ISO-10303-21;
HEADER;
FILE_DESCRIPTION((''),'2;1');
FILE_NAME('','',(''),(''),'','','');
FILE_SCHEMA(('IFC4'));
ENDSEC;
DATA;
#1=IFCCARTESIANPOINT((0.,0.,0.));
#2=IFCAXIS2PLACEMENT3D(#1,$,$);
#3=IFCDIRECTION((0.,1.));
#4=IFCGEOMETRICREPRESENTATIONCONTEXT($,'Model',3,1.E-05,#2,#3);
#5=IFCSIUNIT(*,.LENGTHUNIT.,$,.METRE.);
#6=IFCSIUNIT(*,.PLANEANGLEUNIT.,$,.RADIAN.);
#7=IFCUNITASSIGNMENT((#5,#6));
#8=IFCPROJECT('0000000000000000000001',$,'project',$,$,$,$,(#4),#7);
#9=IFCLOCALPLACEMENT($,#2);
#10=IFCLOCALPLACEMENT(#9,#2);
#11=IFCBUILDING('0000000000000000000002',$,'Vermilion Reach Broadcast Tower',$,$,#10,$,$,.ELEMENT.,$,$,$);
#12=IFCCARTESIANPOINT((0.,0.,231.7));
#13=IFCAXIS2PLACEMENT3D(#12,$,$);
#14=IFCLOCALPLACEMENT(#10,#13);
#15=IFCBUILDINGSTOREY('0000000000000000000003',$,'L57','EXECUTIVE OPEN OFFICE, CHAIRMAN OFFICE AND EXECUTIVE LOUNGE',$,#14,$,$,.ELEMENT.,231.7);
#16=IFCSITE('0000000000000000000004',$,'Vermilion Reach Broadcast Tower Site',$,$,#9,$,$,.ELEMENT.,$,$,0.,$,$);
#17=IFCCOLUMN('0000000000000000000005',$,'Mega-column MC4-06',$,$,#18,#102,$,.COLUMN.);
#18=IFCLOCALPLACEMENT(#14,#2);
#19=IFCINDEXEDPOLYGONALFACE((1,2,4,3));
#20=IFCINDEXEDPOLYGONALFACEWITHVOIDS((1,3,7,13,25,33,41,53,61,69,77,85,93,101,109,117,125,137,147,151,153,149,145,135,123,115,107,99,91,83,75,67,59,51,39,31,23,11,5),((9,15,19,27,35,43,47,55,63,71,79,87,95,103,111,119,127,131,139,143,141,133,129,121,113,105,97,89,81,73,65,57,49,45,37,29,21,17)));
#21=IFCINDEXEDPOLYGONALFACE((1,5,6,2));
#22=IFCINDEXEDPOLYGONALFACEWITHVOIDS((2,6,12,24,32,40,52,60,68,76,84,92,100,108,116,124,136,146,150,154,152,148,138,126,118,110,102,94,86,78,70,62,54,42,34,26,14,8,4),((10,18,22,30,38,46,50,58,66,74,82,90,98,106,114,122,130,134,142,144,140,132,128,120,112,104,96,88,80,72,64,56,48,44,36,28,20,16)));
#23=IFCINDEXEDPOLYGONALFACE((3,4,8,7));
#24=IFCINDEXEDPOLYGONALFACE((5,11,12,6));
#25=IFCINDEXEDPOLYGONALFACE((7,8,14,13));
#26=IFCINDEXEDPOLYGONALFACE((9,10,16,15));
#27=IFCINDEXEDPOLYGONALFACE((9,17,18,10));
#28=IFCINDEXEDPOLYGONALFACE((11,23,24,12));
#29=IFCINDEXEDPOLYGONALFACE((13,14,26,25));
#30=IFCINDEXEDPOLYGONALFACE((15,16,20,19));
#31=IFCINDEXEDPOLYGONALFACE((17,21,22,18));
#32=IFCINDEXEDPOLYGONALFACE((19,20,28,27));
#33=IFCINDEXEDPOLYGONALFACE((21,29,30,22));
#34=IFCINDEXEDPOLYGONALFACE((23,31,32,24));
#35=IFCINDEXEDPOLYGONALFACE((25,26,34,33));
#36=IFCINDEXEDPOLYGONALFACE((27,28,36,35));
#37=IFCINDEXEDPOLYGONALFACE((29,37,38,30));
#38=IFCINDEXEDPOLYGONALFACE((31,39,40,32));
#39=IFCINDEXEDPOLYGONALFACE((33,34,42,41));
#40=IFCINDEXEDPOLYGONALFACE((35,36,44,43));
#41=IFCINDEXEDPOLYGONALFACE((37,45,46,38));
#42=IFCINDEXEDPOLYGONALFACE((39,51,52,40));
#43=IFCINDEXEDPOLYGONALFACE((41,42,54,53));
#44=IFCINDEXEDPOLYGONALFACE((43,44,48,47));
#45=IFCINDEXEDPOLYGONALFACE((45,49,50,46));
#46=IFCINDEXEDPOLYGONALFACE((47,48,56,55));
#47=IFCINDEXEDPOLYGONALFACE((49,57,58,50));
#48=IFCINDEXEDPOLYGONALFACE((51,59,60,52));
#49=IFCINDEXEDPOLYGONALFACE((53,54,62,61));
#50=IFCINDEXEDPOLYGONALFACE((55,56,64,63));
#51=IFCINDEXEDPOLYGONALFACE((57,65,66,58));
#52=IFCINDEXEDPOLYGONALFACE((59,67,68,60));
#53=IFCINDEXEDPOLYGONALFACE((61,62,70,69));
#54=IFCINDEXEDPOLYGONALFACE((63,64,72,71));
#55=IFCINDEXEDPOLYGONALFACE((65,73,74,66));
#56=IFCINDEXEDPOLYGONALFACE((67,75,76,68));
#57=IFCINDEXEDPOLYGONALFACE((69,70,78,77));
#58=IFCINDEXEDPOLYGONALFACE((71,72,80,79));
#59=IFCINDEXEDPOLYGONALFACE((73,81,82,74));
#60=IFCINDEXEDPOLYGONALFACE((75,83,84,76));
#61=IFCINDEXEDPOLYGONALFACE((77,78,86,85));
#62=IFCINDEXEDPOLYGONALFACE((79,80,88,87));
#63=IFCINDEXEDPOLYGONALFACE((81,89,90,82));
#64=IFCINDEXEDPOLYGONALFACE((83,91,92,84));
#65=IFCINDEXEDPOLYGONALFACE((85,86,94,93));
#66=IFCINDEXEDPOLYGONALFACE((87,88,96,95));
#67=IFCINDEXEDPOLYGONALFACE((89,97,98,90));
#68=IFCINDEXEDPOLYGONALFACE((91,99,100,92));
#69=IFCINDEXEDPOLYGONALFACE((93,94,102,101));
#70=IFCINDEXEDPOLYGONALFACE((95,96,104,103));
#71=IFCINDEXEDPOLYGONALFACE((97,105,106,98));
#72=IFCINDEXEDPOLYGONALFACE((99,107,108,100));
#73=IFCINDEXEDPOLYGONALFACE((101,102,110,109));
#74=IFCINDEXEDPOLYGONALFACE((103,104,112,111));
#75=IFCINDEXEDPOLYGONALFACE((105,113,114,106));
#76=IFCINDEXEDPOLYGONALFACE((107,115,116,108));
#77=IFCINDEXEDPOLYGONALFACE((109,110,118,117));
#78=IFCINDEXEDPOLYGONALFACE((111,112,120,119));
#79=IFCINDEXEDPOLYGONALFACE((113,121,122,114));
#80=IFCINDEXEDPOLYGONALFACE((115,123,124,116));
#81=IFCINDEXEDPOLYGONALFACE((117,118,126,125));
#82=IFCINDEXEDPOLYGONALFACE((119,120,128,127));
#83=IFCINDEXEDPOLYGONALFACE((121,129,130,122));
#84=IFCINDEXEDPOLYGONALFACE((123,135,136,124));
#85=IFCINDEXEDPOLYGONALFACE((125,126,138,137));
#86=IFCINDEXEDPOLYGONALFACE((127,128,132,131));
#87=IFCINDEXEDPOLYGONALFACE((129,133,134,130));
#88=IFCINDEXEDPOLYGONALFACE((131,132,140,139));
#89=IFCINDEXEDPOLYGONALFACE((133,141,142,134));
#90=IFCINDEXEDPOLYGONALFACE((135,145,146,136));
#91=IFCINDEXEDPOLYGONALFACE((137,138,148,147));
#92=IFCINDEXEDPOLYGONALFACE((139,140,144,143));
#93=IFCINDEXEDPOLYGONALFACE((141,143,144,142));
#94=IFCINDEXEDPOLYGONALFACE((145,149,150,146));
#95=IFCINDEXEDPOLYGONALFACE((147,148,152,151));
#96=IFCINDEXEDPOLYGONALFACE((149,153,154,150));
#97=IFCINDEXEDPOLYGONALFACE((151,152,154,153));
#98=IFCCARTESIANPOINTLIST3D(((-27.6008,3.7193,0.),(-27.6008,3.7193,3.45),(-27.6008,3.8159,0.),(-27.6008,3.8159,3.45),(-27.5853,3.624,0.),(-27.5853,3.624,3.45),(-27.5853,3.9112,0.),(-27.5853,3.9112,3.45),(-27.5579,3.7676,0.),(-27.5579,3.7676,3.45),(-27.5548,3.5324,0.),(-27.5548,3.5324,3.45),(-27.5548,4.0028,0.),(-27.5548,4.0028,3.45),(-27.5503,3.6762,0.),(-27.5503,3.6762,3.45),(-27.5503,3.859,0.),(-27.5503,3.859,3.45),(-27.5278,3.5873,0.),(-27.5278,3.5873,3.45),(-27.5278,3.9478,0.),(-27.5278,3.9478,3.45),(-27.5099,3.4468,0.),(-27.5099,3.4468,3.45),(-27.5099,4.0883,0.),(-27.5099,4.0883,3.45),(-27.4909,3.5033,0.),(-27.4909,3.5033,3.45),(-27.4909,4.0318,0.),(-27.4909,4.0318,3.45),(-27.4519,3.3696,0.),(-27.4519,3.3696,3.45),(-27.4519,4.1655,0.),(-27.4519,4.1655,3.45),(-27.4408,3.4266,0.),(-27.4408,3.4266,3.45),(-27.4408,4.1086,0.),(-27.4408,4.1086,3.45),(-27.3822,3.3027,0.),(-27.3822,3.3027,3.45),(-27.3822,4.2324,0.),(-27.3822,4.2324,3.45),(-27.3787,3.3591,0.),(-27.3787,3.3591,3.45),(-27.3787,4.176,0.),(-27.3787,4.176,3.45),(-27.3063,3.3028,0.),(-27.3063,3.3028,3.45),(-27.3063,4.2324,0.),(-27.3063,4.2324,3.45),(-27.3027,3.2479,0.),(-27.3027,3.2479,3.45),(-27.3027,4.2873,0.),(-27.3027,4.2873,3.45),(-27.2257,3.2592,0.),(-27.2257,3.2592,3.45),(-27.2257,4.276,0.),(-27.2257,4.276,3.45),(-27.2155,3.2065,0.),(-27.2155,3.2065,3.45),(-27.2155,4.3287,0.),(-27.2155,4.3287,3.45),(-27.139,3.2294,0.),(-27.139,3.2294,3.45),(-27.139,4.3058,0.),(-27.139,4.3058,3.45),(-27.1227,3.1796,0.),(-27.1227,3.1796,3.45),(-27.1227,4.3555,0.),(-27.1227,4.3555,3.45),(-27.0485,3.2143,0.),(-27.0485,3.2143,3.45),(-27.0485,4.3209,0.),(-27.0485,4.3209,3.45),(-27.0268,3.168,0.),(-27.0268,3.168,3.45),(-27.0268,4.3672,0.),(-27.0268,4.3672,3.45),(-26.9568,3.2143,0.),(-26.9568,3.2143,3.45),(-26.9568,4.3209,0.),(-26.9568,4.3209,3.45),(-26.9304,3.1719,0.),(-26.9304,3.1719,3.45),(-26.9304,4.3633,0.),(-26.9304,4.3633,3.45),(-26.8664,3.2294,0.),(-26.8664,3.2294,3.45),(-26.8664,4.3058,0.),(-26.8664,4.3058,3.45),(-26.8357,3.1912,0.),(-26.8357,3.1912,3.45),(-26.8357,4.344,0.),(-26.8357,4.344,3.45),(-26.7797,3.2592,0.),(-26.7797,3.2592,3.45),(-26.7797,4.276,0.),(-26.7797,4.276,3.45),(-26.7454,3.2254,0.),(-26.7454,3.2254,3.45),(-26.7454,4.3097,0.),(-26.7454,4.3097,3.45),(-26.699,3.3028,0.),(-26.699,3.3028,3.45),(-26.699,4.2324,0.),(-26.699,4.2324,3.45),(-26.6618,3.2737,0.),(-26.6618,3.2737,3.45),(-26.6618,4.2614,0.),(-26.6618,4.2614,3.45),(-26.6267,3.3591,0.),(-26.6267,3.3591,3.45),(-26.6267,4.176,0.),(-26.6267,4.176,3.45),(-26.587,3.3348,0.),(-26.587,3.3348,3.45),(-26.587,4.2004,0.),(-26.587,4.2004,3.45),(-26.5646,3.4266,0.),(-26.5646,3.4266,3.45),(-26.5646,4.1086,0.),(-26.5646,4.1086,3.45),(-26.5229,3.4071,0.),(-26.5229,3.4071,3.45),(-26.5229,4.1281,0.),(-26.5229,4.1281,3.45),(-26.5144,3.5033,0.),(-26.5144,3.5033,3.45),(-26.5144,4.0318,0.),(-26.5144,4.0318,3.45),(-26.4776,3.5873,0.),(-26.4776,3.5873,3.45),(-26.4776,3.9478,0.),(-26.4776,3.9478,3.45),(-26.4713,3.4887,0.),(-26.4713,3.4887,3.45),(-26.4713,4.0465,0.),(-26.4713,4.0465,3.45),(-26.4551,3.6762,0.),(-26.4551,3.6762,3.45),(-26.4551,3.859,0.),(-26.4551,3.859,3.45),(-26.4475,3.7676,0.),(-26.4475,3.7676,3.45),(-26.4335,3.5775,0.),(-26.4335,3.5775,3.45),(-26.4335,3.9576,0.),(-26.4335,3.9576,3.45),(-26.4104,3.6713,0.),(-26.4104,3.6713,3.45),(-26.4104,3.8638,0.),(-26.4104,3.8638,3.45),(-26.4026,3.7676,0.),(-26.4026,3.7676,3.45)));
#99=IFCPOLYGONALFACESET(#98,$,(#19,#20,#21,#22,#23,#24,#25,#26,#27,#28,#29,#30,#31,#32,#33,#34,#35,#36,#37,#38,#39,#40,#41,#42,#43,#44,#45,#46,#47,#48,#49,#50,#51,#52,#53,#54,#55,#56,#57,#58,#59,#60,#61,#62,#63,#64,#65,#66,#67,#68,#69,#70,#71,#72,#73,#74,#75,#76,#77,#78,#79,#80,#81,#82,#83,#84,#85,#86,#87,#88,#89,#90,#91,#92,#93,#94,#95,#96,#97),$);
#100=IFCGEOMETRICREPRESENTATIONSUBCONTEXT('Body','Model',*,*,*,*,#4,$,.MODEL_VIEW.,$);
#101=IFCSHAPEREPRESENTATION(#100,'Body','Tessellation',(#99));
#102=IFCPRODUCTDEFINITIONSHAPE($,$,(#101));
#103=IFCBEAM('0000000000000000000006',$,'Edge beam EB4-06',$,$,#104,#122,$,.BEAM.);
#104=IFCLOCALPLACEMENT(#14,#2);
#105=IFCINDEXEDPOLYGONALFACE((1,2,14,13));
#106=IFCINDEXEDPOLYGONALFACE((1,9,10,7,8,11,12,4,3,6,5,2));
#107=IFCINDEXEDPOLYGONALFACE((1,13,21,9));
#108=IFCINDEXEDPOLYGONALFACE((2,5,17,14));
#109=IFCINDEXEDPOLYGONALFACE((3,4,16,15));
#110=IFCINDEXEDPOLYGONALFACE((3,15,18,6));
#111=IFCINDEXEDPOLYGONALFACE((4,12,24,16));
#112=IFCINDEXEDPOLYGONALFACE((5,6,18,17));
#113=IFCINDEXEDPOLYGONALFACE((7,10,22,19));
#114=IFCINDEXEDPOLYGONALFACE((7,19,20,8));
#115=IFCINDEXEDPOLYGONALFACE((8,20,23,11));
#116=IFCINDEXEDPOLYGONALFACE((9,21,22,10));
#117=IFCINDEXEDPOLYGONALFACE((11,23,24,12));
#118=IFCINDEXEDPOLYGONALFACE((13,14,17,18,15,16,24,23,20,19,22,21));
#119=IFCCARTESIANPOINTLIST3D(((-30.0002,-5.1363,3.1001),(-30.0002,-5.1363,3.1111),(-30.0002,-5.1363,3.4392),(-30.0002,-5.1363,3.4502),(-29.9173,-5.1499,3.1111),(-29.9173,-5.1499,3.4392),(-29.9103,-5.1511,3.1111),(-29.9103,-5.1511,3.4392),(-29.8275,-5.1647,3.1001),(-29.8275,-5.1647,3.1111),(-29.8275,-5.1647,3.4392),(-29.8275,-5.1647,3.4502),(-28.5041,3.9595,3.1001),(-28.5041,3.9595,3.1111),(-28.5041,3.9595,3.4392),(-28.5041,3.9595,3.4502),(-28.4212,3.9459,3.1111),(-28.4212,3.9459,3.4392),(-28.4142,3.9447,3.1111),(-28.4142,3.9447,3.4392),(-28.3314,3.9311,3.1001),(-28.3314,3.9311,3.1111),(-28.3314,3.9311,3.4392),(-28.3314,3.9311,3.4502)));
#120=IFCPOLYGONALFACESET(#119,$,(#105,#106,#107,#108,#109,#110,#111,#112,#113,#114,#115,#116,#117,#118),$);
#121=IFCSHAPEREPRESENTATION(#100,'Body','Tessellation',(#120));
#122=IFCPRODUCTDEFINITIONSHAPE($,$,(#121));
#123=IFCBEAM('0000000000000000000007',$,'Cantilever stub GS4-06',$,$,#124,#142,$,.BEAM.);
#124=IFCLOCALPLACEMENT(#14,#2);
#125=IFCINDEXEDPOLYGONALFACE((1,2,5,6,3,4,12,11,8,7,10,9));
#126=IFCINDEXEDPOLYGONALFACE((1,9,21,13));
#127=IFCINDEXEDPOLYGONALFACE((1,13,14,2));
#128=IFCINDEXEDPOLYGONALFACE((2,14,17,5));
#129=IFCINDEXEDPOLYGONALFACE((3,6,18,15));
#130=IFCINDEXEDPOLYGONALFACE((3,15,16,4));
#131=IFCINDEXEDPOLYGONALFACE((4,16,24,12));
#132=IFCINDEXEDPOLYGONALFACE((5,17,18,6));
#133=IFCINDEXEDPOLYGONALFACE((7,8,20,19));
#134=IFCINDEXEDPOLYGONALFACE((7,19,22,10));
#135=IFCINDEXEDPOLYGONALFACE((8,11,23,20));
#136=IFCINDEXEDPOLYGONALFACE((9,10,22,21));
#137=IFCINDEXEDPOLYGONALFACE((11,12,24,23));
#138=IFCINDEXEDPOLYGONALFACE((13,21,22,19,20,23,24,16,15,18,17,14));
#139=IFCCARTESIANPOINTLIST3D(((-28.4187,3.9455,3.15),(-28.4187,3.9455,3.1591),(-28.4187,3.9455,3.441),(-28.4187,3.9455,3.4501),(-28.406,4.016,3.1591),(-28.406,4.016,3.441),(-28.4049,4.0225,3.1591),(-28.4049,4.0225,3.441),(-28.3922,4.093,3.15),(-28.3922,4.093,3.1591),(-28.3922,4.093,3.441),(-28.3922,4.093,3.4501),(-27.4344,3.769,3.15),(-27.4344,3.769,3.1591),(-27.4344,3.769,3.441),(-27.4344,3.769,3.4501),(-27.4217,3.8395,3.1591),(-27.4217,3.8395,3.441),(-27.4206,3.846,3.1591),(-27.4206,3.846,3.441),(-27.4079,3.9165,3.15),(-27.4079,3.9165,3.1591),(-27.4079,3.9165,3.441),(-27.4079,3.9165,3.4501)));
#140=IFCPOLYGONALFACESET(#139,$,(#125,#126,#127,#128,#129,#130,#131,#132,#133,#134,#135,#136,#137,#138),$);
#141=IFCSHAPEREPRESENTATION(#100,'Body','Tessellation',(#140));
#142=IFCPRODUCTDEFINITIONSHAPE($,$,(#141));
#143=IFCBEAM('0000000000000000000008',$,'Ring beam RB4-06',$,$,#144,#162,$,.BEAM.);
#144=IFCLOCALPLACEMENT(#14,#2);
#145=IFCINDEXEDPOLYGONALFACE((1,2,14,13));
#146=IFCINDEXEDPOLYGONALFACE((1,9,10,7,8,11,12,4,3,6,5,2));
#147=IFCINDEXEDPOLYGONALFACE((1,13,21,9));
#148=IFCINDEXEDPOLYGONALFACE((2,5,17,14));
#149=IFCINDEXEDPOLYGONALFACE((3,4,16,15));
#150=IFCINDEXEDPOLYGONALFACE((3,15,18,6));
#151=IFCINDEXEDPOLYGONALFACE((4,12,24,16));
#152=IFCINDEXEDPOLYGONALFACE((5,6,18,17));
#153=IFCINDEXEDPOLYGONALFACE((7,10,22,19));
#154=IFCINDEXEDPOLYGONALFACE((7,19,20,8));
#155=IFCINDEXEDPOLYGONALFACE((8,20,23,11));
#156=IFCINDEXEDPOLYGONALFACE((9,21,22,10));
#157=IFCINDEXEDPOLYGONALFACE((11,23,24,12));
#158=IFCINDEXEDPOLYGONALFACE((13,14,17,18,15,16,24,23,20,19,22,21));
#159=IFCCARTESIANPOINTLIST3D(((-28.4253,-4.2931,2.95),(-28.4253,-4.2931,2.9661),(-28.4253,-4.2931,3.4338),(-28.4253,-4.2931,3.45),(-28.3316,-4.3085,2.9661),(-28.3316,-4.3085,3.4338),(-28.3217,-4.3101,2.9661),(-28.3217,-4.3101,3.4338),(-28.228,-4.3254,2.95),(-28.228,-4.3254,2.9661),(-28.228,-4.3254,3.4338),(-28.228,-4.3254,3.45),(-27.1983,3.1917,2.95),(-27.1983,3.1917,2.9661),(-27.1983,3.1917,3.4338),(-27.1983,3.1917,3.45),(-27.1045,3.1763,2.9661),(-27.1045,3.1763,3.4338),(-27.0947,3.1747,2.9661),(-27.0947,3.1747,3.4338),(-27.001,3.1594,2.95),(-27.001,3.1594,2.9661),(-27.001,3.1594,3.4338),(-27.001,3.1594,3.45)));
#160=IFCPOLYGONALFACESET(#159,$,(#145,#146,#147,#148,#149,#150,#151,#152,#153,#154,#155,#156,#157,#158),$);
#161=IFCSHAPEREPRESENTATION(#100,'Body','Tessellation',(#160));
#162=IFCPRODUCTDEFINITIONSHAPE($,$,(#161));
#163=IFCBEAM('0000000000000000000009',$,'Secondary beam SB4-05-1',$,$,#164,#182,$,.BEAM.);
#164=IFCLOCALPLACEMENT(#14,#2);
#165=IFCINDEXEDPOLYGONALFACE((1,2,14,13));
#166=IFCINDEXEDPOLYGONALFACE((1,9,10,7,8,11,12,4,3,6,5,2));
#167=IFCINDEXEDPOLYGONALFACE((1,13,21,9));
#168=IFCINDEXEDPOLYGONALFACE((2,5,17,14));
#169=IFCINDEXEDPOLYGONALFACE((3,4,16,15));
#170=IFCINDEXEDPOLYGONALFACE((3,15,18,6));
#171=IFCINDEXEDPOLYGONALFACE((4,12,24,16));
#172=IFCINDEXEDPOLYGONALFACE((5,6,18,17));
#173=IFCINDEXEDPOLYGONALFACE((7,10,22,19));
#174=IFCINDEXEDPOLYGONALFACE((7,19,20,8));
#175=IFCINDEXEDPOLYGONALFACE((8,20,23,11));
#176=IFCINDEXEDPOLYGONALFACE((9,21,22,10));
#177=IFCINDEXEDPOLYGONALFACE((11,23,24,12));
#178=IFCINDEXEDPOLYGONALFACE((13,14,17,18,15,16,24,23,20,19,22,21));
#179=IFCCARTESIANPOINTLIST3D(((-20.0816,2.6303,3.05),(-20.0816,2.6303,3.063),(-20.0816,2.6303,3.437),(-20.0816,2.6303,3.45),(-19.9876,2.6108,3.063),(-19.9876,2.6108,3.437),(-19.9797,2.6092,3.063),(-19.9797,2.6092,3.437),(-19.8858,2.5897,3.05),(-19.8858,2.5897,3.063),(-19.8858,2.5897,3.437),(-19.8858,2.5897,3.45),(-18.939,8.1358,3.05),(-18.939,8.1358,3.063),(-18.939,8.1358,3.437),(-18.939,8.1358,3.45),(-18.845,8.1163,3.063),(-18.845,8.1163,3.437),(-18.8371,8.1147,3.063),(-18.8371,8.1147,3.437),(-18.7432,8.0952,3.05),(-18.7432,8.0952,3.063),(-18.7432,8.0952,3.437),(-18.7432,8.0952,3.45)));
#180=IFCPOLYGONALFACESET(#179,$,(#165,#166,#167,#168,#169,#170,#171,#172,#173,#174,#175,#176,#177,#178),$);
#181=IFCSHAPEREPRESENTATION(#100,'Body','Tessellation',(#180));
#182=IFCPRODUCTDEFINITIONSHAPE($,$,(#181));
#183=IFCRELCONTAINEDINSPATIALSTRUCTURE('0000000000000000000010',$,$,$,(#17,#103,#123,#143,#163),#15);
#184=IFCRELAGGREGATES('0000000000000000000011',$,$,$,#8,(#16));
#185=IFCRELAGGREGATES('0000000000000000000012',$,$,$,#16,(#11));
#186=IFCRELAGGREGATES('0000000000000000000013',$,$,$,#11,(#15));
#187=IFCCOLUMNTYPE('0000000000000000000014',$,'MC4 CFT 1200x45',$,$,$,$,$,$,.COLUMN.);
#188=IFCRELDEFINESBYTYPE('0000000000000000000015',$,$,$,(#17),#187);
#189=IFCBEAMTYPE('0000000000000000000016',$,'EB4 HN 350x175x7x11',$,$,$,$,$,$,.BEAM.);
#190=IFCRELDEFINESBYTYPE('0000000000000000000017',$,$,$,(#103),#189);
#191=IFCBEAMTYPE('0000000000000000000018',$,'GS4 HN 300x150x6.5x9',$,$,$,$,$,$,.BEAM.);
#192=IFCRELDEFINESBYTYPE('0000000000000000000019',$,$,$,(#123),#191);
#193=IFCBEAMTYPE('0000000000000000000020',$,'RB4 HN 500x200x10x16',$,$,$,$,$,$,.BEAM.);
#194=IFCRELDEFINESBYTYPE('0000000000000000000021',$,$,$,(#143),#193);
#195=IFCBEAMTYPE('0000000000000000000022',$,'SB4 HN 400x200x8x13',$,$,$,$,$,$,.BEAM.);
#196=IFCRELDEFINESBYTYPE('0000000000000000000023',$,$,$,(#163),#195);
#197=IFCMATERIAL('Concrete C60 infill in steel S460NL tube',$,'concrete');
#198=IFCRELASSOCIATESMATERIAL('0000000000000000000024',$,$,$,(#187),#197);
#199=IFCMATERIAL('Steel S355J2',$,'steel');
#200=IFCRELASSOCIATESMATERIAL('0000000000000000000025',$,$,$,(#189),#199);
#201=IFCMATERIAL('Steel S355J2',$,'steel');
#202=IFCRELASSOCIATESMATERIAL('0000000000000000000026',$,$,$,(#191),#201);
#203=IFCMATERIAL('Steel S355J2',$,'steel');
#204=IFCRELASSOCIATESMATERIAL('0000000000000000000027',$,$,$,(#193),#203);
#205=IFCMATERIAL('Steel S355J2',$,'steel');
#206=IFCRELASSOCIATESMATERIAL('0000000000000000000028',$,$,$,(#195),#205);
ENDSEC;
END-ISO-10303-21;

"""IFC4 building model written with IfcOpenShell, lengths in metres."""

from ifc_helpers import new_model, si_unit, direction, frame, origin, origin_2d, place, context, subcontext, project, spatial, hollow_circle, i_section, extrude, material, material_profile, profile_set, type_object, element, save


model = new_model("IFC4")

# Units and contexts
model_context = context("Model", 3, precision=1e-05, world=origin(), true_north=direction((0.0, 1.0)))
body_context = subcontext(model_context, "Body", "Model", "MODEL_VIEW")
ifc_project = project(units=[si_unit("LENGTHUNIT", "METRE"), si_unit("PLANEANGLEUNIT", "RADIAN")], contexts=[model_context])

# Site, building, storey
site_placement = place(None, origin())
site = spatial("IfcSite", under=ifc_project, at=site_placement, Name="Vermilion Reach Broadcast Tower Site", CompositionType="ELEMENT", RefElevation=0.0)
building_placement = place(site_placement, origin())
building = spatial("IfcBuilding", under=site, at=building_placement, Name="Vermilion Reach Broadcast Tower", CompositionType="ELEMENT")
storey_placement = place(building_placement, frame((0.0, 0.0, 231.7)))
storey = spatial("IfcBuildingStorey", under=building, at=storey_placement, Name="L57", Description="EXECUTIVE OPEN OFFICE, CHAIRMAN OFFICE AND EXECUTIVE LOUNGE", CompositionType="ELEMENT", Elevation=231.7)

# Column
ifc_material_1 = material(Name="Concrete C60 infill in steel S460NL tube", Category="concrete")
ifc_material_profile_1 = material_profile(ifc_material_1, hollow_circle(Radius=0.6001, WallThickness=0.0449, at=origin_2d()), Name="Concrete C60 infill in steel S460NL tube CFT 1200x45")
ifc_profile_set_1 = profile_set([ifc_material_profile_1], Name="Concrete C60 infill in steel S460NL tube")
column_type = type_object("IfcColumnType", Name="MC4 CFT 1200x45", PredefinedType="COLUMN", material=ifc_profile_set_1)
column_placement = place(storey_placement, frame((-27.0027, 3.7676, 0.0), z_axis=(0.0, 0.0, 1.0), x_axis=(1.0, 0.0, 0.0)))
element("IfcColumn", 1, at=column_placement, inside=storey, type_object=column_type, Name="Mega-column MC4-06", PredefinedType="COLUMN", context=body_context, shape_type="SweptSolid", body=[
    extrude(hollow_circle(Radius=0.6001, WallThickness=0.0449, at=origin_2d()), origin(), (0.0, 0.0, 1.0), 3.45),
])

# Beams
ifc_material_2 = material(Name="Steel S355J2", Category="steel")
ifc_material_profile_2 = material_profile(ifc_material_2, i_section(OverallWidth=0.175, OverallDepth=0.3501, WebThickness=0.0071, FlangeThickness=0.011, at=origin_2d()), Name="S355J2 HN 350x175x7x11")
ifc_profile_set_2 = profile_set([ifc_material_profile_2], Name="Steel S355J2")
beam_type_1 = type_object("IfcBeamType", Name="EB4 HN 350x175x7x11", PredefinedType="BEAM", material=ifc_profile_set_2)
beam_1_placement = place(storey_placement, frame((-28.4177, 3.9453, 3.2751), z_axis=(-0.162303, -0.986741, 0.0), x_axis=(0.986741, -0.162303, 0.0)))
element("IfcBeam", 2, at=beam_1_placement, inside=storey, type_object=beam_type_1, Name="Edge beam EB4-06", PredefinedType="BEAM", context=body_context, shape_type="SweptSolid", body=[
    extrude(i_section(OverallWidth=0.175, OverallDepth=0.3501, WebThickness=0.0071, FlangeThickness=0.011, at=origin_2d()), origin(), (0.0, 0.0, 1.0), 9.218),
])
ifc_material_3 = material(Name="Steel S355J2", Category="steel")
ifc_material_profile_3 = material_profile(ifc_material_3, i_section(OverallWidth=0.1499, OverallDepth=0.3, WebThickness=0.0066, FlangeThickness=0.009, at=origin_2d()), Name="S355J2 HN 300x150x6.5x9")
ifc_profile_set_3 = profile_set([ifc_material_profile_3], Name="Steel S355J2")
beam_type_2 = type_object("IfcBeamType", Name="GS4 HN 300x150x6.5x9", PredefinedType="BEAM", material=ifc_profile_set_3)
beam_2_placement = place(storey_placement, frame((-27.4211, 3.8428, 3.3), z_axis=(-0.984301, 0.1765, 0.0), x_axis=(-0.1765, -0.984301, 0.0)))
element("IfcBeam", 3, at=beam_2_placement, inside=storey, type_object=beam_type_2, Name="Cantilever stub GS4-06", PredefinedType="BEAM", context=body_context, shape_type="SweptSolid", body=[
    extrude(i_section(OverallWidth=0.1499, OverallDepth=0.3, WebThickness=0.0066, FlangeThickness=0.009, at=origin_2d()), origin(), (0.0, 0.0, 1.0), 1.0),
])
ifc_material_4 = material(Name="Steel S355J2", Category="steel")
ifc_material_profile_4 = material_profile(ifc_material_4, i_section(OverallWidth=0.2, OverallDepth=0.5, WebThickness=0.01, FlangeThickness=0.0161, at=origin_2d()), Name="S355J2 HN 500x200x10x16")
ifc_profile_set_4 = profile_set([ifc_material_profile_4], Name="Steel S355J2")
beam_type_3 = type_object("IfcBeamType", Name="RB4 HN 500x200x10x16", PredefinedType="BEAM", material=ifc_profile_set_4)
beam_3_placement = place(storey_placement, frame((-27.0996, 3.1755, 3.2), z_axis=(-0.161778, -0.986827, 0.0), x_axis=(0.986827, -0.161778, 0.0)))
element("IfcBeam", 4, at=beam_3_placement, inside=storey, type_object=beam_type_3, Name="Ring beam RB4-06", PredefinedType="BEAM", context=body_context, shape_type="SweptSolid", body=[
    extrude(i_section(OverallWidth=0.2, OverallDepth=0.5, WebThickness=0.01, FlangeThickness=0.0161, at=origin_2d()), origin(), (0.0, 0.0, 1.0), 7.5847),
])
ifc_material_5 = material(Name="Steel S355J2", Category="steel")
ifc_material_profile_5 = material_profile(ifc_material_5, i_section(OverallWidth=0.2, OverallDepth=0.3999, WebThickness=0.0081, FlangeThickness=0.0129, at=origin_2d()), Name="S355J2 HN 400x200x8x13")
ifc_profile_set_5 = profile_set([ifc_material_profile_5], Name="Steel S355J2")
beam_type_4 = type_object("IfcBeamType", Name="SB4 HN 400x200x8x13", PredefinedType="BEAM", material=ifc_profile_set_5)
beam_4_placement = place(storey_placement, frame((-18.8411, 8.1155, 3.25), z_axis=(-0.203209, -0.979135, 0.0), x_axis=(0.979135, -0.203209, 0.0)))
element("IfcBeam", 5, at=beam_4_placement, inside=storey, type_object=beam_type_4, Name="Secondary beam SB4-05-1", PredefinedType="BEAM", context=body_context, shape_type="SweptSolid", body=[
    extrude(i_section(OverallWidth=0.2, OverallDepth=0.3999, WebThickness=0.0081, FlangeThickness=0.0129, at=origin_2d()), origin(), (0.0, 0.0, 1.0), 5.6228),
])

save(model, "model.ifc")
